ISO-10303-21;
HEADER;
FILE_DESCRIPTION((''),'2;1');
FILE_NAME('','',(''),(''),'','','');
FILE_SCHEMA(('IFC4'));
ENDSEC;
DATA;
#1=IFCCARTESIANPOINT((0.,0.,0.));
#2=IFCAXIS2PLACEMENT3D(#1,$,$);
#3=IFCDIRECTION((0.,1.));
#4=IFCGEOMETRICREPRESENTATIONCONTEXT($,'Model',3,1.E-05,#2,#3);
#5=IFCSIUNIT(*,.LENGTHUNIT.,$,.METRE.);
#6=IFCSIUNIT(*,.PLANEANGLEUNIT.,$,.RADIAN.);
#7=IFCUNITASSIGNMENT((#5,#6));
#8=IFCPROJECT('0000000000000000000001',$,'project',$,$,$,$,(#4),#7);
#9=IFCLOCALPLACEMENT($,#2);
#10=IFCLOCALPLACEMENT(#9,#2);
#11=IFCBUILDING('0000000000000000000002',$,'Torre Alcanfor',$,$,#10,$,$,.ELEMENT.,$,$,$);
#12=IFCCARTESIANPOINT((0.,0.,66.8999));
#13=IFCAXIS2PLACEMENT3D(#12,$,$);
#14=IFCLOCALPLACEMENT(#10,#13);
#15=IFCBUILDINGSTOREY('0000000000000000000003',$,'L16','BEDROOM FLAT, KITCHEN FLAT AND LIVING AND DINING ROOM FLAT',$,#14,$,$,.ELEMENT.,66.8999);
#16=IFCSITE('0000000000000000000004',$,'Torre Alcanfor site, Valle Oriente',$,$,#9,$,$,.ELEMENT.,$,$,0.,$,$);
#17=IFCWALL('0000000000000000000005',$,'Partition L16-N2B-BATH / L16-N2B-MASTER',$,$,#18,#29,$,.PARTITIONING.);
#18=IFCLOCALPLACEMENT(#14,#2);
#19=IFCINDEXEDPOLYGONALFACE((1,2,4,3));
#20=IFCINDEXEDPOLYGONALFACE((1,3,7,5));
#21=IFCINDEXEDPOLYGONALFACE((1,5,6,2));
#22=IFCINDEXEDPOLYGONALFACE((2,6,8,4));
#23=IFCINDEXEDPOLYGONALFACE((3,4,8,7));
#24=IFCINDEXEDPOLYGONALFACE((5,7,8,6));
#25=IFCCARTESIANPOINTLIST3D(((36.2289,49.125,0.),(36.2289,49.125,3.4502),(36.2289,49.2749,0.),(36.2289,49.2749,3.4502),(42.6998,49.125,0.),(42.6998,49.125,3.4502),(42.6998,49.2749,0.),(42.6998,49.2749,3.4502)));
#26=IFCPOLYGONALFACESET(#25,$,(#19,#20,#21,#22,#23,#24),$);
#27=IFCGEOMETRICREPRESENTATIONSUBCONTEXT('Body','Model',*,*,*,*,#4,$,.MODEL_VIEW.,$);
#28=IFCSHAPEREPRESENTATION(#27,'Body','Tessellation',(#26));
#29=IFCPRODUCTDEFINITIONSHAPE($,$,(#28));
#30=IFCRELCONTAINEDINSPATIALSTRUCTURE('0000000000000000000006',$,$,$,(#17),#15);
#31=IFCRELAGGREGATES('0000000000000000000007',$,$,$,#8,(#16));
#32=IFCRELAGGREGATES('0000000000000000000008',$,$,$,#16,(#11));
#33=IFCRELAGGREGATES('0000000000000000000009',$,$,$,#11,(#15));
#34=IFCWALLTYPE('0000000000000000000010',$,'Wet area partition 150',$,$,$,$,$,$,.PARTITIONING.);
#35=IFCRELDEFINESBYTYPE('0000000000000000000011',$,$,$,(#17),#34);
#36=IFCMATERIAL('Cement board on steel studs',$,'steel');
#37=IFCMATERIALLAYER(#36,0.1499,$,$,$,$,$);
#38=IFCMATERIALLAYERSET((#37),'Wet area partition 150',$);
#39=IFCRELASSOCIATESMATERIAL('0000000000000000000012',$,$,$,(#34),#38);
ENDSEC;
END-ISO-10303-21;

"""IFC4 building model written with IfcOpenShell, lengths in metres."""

from ifc_helpers import new_model, si_unit, direction, frame, frame_2d, origin, place, context, subcontext, project, spatial, rectangle, extrude, material, layer, layer_set, type_object, element, save


model = new_model("IFC4")

# Units and contexts
model_context = context("Model", 3, precision=1e-05, world=origin(), true_north=direction((0.0, 1.0)))
body_context = subcontext(model_context, "Body", "Model", "MODEL_VIEW")
ifc_project = project(units=[si_unit("LENGTHUNIT", "METRE"), si_unit("PLANEANGLEUNIT", "RADIAN")], contexts=[model_context])

# Site, building, storey
site_placement = place(None, origin())
site = spatial("IfcSite", under=ifc_project, at=site_placement, Name="Torre Alcanfor site, Valle Oriente", CompositionType="ELEMENT", RefElevation=0.0)
building_placement = place(site_placement, origin())
building = spatial("IfcBuilding", under=site, at=building_placement, Name="Torre Alcanfor", CompositionType="ELEMENT")
storey_placement = place(building_placement, frame((0.0, 0.0, 66.8999)))
storey = spatial("IfcBuildingStorey", under=building, at=storey_placement, Name="L16", Description="BEDROOM FLAT, KITCHEN FLAT AND LIVING AND DINING ROOM FLAT", CompositionType="ELEMENT", Elevation=66.8999)

# Shared definitions
ifc_material_1 = material(Name="Cement board on steel studs", Category="steel")
ifc_layer_1 = layer(ifc_material_1, 0.1499)
ifc_layer_set_1 = layer_set([ifc_layer_1], Name="Wet area partition 150")
wall_type_1 = type_object("IfcWallType", Name="Wet area partition 150", PredefinedType="PARTITIONING", material=ifc_layer_set_1)

# Wall
for number, where, z_axis, x_axis, name in (
    (1, (36.229, 49.2, 0.0), (0.0, 0.0, 1.0), (1.0, 0.0, 0.0), "Partition L16-N2B-BATH / L16-N2B-MASTER"),
):
    element("IfcWall", number, at=place(storey_placement, frame(where, z_axis=z_axis, x_axis=x_axis)), inside=storey, type_object=wall_type_1, Name=name, PredefinedType="PARTITIONING", context=body_context, shape_type="SweptSolid", body=[
        extrude(rectangle(XDim=6.4709, YDim=0.1499, at=frame_2d((3.2354, 0.0))), origin(), (0.0, 0.0, 1.0), 3.4502),
    ])

save(model, "model.ifc")
